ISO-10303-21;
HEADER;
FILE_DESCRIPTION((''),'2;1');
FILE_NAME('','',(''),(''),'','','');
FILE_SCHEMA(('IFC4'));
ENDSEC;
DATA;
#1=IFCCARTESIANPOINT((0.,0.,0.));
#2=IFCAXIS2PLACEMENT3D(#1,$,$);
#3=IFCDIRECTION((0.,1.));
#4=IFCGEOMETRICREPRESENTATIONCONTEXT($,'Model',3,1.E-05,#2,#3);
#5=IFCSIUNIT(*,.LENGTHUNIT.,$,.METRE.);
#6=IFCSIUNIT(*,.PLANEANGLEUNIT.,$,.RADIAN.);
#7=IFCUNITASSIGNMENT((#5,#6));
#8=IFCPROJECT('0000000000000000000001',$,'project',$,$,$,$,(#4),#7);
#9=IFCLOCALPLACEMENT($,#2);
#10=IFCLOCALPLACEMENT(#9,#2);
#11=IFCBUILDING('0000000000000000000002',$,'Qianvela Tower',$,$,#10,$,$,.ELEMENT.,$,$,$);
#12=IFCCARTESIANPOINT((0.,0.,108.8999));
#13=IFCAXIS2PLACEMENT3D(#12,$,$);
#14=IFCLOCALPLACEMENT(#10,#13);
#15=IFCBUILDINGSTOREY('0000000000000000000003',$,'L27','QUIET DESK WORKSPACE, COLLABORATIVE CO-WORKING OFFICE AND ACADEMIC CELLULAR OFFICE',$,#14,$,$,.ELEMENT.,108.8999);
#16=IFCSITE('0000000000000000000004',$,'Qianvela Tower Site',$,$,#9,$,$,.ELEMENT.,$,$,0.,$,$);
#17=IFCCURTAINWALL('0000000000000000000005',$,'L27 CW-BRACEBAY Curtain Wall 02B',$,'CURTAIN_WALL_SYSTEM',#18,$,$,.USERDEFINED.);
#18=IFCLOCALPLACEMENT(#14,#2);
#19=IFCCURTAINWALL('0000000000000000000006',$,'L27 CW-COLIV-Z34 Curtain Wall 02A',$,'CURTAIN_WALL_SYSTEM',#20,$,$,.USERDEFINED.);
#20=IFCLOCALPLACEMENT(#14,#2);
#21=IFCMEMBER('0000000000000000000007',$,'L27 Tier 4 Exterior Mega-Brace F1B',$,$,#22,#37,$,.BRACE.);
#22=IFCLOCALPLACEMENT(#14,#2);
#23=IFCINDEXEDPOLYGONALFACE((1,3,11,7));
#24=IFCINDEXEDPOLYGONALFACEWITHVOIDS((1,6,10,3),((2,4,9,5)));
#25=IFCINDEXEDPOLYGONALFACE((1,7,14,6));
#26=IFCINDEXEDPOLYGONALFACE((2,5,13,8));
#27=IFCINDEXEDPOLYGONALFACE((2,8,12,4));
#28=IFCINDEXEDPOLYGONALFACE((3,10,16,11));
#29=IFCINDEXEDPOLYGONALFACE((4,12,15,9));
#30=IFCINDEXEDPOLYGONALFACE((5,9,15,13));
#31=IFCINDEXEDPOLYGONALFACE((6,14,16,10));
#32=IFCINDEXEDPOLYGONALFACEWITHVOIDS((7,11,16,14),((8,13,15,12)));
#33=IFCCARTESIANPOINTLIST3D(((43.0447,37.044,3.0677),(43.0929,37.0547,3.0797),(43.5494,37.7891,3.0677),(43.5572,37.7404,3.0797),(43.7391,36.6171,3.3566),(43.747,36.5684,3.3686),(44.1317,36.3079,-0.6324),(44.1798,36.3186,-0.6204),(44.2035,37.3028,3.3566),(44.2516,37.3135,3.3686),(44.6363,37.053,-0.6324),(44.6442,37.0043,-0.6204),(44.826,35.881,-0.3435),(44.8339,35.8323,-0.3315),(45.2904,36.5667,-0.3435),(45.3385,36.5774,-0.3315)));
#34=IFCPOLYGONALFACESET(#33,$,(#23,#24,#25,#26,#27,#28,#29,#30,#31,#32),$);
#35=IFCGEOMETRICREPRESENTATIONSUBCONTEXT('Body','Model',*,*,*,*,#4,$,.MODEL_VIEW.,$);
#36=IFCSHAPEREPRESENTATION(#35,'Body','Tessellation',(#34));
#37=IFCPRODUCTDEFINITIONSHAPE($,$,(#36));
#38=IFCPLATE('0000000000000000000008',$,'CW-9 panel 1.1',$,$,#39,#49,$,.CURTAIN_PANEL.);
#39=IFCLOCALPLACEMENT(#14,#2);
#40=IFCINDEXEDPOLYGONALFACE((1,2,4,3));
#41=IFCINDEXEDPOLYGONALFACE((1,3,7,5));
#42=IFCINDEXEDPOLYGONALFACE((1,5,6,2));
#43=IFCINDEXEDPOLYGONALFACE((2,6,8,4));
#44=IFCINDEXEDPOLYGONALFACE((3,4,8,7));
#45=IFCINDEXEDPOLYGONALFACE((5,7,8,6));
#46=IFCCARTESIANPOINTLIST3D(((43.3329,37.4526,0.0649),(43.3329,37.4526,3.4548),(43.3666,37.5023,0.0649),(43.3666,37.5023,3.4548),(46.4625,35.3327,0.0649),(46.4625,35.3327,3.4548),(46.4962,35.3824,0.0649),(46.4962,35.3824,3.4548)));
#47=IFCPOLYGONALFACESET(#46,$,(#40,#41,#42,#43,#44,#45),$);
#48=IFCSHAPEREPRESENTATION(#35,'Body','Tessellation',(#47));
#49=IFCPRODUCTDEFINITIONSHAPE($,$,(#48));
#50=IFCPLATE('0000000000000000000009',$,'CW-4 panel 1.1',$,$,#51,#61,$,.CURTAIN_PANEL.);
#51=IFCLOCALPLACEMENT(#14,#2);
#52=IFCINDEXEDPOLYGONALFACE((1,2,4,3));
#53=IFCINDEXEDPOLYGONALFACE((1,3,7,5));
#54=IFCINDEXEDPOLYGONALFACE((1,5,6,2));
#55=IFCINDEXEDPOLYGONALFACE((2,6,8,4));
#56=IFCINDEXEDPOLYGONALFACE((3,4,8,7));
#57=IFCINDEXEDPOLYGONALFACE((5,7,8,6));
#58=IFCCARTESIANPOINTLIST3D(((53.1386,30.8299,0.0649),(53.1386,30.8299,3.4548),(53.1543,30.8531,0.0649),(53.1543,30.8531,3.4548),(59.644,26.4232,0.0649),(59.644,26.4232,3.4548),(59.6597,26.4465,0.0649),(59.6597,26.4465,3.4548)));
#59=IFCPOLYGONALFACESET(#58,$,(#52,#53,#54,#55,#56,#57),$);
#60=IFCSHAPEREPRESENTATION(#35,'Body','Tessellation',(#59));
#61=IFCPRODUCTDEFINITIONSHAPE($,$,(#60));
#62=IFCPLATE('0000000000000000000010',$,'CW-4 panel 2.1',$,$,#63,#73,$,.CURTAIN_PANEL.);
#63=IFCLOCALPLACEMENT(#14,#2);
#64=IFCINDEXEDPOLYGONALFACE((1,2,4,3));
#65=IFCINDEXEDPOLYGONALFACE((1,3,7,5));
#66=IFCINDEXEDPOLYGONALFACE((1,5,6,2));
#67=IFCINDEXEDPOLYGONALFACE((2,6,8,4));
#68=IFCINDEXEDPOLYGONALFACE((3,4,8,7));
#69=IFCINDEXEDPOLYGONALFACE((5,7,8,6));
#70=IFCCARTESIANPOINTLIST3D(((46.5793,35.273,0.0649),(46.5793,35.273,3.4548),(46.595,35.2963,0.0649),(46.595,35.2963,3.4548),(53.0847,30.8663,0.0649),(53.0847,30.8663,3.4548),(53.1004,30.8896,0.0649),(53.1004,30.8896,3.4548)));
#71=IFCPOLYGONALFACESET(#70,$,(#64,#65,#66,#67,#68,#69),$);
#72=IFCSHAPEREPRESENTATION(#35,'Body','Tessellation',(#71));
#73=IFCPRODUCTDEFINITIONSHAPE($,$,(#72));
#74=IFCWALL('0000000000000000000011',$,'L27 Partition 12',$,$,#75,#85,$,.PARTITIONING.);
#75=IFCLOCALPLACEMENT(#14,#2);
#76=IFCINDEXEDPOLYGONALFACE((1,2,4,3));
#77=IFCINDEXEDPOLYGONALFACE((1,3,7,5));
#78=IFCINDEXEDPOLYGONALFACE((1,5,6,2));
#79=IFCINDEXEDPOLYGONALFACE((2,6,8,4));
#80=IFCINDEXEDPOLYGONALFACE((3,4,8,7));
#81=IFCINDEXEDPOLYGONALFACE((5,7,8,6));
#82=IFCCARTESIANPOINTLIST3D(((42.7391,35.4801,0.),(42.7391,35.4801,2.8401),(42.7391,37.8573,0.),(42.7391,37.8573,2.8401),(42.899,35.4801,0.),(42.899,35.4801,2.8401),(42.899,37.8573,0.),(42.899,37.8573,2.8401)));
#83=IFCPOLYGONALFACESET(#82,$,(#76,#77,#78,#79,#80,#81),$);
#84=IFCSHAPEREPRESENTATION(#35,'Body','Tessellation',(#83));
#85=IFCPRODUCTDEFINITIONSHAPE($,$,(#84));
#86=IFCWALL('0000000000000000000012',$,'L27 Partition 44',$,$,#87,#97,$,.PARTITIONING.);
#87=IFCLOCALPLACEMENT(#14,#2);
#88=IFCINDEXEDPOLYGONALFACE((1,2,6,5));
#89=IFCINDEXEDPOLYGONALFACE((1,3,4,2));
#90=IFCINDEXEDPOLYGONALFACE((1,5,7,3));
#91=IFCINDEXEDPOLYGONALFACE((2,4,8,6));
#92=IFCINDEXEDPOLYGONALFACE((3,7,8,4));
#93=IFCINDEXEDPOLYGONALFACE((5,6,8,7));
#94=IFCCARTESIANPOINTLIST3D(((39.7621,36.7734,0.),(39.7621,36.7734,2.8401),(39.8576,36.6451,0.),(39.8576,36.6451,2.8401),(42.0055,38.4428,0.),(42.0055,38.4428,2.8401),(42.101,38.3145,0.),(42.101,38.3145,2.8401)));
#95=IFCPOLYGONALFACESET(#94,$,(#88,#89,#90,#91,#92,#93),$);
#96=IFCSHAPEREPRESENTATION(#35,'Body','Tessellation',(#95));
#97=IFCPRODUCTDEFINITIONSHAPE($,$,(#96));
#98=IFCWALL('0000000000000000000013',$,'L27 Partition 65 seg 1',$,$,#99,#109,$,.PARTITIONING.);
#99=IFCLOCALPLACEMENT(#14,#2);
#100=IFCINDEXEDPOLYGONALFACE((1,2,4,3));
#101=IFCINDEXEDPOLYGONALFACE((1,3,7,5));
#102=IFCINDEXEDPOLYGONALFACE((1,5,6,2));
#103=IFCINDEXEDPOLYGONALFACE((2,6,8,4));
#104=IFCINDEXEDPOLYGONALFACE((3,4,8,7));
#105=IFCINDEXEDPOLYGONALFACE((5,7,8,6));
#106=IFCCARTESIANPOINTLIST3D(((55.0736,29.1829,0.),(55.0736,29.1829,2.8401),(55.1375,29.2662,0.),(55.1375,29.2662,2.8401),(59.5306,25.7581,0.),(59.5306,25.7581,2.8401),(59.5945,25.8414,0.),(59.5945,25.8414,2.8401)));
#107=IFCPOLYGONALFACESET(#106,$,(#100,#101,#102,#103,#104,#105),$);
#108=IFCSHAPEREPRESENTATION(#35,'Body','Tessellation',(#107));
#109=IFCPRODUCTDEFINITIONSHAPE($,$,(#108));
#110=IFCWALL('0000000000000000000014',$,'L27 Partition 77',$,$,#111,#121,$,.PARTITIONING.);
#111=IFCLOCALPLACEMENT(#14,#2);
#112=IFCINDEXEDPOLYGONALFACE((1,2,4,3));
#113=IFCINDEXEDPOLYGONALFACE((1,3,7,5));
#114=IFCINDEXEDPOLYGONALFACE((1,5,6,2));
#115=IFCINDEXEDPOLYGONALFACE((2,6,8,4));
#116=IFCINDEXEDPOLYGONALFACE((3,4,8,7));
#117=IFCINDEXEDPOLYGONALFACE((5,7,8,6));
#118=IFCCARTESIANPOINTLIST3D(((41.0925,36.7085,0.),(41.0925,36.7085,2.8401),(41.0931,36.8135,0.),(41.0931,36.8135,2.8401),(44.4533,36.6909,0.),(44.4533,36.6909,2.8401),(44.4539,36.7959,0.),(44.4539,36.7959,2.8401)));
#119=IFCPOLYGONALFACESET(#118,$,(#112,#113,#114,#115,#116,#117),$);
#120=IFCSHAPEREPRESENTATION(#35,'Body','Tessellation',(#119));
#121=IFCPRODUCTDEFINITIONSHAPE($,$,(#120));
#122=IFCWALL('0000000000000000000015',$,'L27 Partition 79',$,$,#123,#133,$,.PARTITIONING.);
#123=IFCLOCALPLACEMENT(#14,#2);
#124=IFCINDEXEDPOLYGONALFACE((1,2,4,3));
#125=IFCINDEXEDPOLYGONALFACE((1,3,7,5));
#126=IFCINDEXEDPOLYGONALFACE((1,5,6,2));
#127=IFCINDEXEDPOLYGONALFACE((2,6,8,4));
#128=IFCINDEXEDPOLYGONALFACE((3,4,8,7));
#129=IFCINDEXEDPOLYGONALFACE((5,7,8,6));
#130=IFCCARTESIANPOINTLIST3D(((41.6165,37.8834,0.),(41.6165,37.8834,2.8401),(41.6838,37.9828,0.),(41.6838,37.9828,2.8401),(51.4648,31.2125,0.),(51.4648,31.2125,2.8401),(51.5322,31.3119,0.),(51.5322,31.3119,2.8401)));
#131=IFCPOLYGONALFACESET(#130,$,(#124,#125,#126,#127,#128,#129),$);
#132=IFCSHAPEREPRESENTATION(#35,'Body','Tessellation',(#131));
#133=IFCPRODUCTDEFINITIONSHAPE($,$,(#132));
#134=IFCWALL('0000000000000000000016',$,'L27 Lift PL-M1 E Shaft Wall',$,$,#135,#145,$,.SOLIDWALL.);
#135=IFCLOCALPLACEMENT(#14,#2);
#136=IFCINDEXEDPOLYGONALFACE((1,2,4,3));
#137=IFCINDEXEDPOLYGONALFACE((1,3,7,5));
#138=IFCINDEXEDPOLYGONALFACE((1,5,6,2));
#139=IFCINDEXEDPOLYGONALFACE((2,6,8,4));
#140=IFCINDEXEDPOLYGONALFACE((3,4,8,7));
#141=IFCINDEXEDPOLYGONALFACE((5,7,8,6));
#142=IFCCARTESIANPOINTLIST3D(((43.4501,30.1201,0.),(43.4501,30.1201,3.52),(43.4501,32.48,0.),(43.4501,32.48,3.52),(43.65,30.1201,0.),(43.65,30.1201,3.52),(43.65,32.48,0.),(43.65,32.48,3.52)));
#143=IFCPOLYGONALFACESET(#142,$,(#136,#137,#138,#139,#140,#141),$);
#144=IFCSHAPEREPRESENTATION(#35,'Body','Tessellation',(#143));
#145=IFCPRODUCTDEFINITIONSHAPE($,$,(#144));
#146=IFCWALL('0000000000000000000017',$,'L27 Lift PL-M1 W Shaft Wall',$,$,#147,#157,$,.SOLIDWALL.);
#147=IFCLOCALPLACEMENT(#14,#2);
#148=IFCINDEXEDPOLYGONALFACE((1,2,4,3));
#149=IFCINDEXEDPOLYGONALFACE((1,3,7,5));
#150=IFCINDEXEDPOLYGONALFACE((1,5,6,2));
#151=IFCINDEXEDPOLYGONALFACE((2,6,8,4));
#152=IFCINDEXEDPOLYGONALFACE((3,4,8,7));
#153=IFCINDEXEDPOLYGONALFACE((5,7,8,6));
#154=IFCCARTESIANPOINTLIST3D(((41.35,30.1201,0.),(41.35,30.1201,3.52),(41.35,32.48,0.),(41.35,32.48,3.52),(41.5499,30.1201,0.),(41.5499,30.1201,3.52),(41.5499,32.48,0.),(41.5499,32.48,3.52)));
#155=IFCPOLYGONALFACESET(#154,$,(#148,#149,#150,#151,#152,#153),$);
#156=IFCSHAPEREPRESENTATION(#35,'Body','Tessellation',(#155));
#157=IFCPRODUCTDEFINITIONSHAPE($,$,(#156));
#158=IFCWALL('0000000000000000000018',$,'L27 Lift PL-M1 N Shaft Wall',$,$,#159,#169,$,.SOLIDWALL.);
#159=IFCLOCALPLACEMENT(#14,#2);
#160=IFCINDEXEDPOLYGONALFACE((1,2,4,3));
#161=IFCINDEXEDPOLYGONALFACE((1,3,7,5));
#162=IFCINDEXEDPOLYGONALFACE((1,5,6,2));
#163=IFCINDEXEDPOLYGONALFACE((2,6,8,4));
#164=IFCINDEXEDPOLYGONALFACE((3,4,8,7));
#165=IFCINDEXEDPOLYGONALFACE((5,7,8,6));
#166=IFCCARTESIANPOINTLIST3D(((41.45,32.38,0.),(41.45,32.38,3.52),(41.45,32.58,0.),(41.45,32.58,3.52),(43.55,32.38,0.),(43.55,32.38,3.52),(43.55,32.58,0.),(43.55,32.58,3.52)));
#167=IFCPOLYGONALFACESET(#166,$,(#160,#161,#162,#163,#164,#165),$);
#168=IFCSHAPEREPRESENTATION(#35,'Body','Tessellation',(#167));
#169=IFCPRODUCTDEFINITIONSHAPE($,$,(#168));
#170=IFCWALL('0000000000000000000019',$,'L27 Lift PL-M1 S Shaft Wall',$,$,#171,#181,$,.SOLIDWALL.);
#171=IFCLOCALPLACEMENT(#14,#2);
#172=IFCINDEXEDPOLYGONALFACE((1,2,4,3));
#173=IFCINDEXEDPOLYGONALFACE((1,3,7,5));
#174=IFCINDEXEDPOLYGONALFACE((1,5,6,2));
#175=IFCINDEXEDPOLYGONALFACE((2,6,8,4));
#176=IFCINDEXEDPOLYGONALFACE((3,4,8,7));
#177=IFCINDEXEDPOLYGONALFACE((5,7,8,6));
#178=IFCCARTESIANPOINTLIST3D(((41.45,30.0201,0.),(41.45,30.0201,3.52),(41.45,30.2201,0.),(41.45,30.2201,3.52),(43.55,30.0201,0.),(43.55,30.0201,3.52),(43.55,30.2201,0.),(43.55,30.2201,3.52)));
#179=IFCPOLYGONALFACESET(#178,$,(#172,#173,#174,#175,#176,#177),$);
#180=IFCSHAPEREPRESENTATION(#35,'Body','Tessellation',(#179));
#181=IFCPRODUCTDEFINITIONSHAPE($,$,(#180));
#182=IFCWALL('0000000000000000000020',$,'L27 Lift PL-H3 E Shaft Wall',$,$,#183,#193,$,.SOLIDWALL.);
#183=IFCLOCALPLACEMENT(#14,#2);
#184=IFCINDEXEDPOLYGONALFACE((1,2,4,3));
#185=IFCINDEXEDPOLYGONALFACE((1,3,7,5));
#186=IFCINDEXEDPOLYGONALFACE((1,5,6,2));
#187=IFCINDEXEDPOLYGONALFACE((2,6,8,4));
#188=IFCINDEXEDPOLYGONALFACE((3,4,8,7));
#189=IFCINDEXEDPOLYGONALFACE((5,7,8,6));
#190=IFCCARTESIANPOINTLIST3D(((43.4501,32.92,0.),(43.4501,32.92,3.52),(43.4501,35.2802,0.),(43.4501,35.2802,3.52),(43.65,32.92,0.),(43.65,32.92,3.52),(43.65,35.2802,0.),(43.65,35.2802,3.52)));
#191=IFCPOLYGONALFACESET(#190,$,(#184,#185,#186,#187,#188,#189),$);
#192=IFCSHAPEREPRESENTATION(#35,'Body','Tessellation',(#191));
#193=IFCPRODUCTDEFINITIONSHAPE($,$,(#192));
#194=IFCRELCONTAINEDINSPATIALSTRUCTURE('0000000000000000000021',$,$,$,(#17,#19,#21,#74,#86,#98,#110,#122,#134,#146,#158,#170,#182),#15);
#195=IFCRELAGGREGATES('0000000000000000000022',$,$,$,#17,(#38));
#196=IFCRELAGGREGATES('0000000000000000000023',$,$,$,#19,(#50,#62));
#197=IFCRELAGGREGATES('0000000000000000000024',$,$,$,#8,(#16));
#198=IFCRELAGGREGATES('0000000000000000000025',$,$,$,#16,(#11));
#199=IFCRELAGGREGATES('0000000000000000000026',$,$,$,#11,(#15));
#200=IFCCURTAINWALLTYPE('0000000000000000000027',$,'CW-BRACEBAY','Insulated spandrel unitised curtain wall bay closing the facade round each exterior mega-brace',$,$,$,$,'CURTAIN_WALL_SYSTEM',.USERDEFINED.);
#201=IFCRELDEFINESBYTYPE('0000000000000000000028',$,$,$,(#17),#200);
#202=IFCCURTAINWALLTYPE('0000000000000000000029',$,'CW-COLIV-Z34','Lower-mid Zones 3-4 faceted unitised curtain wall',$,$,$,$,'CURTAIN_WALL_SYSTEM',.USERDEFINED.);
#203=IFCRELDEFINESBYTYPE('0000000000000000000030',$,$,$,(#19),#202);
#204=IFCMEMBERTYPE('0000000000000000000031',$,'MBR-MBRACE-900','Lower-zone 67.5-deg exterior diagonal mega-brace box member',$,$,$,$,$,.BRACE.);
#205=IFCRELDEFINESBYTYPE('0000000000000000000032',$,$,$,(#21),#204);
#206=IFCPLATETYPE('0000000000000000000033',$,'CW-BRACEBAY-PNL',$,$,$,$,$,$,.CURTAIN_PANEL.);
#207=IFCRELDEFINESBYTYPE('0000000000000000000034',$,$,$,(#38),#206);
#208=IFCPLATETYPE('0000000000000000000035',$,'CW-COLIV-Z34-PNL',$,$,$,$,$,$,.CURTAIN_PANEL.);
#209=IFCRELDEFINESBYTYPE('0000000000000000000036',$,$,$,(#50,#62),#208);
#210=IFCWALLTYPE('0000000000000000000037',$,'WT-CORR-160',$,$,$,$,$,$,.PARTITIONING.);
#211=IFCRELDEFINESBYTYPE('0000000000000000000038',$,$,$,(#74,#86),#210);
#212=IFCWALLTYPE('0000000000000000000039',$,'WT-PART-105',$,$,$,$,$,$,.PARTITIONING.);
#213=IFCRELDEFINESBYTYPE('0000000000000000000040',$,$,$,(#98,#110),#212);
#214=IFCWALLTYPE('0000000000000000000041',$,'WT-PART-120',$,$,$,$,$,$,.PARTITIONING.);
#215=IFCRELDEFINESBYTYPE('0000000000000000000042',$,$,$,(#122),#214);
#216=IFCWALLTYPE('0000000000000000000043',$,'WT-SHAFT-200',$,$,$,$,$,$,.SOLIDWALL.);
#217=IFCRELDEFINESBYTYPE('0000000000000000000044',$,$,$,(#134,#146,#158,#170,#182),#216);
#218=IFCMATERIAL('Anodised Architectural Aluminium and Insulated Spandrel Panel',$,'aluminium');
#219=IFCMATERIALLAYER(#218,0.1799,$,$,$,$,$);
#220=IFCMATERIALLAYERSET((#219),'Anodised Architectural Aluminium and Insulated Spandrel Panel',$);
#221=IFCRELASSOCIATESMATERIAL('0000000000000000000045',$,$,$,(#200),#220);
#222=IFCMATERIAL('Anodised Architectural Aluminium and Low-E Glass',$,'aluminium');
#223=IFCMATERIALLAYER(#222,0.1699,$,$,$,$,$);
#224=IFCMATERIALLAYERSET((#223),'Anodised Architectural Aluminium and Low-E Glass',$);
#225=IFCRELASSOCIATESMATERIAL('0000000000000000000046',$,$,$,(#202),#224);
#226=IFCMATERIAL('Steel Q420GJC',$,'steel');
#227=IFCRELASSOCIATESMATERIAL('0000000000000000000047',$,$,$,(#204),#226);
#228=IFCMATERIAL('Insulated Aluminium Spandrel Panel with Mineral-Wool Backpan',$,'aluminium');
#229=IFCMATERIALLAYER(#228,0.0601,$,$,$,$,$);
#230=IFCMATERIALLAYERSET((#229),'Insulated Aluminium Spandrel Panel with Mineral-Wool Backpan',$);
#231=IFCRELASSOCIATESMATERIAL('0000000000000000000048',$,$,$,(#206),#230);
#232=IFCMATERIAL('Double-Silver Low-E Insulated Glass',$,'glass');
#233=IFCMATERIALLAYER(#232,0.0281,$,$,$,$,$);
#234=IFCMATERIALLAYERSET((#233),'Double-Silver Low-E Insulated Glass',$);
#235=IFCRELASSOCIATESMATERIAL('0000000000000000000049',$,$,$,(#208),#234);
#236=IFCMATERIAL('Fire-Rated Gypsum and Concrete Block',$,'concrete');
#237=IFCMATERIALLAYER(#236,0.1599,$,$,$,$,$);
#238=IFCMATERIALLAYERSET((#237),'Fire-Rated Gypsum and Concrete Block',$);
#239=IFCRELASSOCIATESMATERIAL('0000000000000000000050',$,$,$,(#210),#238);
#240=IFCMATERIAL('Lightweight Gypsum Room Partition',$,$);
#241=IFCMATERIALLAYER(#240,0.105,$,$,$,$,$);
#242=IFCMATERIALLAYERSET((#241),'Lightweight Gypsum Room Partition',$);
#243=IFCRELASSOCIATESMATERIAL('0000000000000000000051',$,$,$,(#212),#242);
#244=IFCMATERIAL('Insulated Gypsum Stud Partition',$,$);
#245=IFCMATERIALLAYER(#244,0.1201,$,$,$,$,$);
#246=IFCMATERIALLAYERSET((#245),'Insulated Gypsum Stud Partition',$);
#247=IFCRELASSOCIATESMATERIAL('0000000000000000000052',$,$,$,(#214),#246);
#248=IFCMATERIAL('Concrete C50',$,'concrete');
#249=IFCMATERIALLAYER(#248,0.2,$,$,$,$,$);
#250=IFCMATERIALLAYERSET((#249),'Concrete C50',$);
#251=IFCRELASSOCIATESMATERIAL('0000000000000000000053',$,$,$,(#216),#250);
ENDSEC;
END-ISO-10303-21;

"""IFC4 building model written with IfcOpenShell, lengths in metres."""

from ifc_helpers import new_model, si_unit, direction, frame, frame_2d, origin, origin_2d, place, context, subcontext, project, spatial, rectangle, hollow_rectangle, extrude, material, layer, layer_set, material_profile, profile_set, type_object, element, aggregate, save


model = new_model("IFC4")

# Units and contexts
model_context = context("Model", 3, precision=1e-05, world=origin(), true_north=direction((0.0, 1.0)))
body_context = subcontext(model_context, "Body", "Model", "MODEL_VIEW")
ifc_project = project(units=[si_unit("LENGTHUNIT", "METRE"), si_unit("PLANEANGLEUNIT", "RADIAN")], contexts=[model_context])

# Site, building, storey
site_placement = place(None, origin())
site = spatial("IfcSite", under=ifc_project, at=site_placement, Name="Qianvela Tower Site", CompositionType="ELEMENT", RefElevation=0.0)
building_placement = place(site_placement, origin())
building = spatial("IfcBuilding", under=site, at=building_placement, Name="Qianvela Tower", CompositionType="ELEMENT")
storey_placement = place(building_placement, frame((0.0, 0.0, 108.8999)))
storey = spatial("IfcBuildingStorey", under=building, at=storey_placement, Name="L27", Description="QUIET DESK WORKSPACE, COLLABORATIVE CO-WORKING OFFICE AND ACADEMIC CELLULAR OFFICE", CompositionType="ELEMENT", Elevation=108.8999)

# Curtain walls
ifc_material_1 = material(Name="Anodised Architectural Aluminium and Insulated Spandrel Panel", Category="aluminium")
ifc_layer_1 = layer(ifc_material_1, 0.1799)
ifc_layer_set_1 = layer_set([ifc_layer_1], Name="Anodised Architectural Aluminium and Insulated Spandrel Panel")
curtain_wall_type_1 = type_object("IfcCurtainWallType", Name="CW-BRACEBAY", Description="Insulated spandrel unitised curtain wall bay closing the facade round each exterior mega-brace", ElementType="CURTAIN_WALL_SYSTEM", PredefinedType="USERDEFINED", material=ifc_layer_set_1)
curtain_wall_1_placement = place(storey_placement, origin())
curtain_wall_1 = element("IfcCurtainWall", 1, at=curtain_wall_1_placement, inside=storey, type_object=curtain_wall_type_1, Name="L27 CW-BRACEBAY Curtain Wall 02B", ObjectType="CURTAIN_WALL_SYSTEM", PredefinedType="USERDEFINED")
ifc_material_2 = material(Name="Anodised Architectural Aluminium and Low-E Glass", Category="aluminium")
ifc_layer_2 = layer(ifc_material_2, 0.1699)
ifc_layer_set_2 = layer_set([ifc_layer_2], Name="Anodised Architectural Aluminium and Low-E Glass")
curtain_wall_type_2 = type_object("IfcCurtainWallType", Name="CW-COLIV-Z34", Description="Lower-mid Zones 3-4 faceted unitised curtain wall", ElementType="CURTAIN_WALL_SYSTEM", PredefinedType="USERDEFINED", material=ifc_layer_set_2)
curtain_wall_2_placement = place(storey_placement, origin())
curtain_wall_2 = element("IfcCurtainWall", 2, at=curtain_wall_2_placement, inside=storey, type_object=curtain_wall_type_2, Name="L27 CW-COLIV-Z34 Curtain Wall 02A", ObjectType="CURTAIN_WALL_SYSTEM", PredefinedType="USERDEFINED")

# Member
ifc_material_3 = material(Name="Steel Q420GJC", Category="steel")
ifc_material_profile_1 = material_profile(ifc_material_3, hollow_rectangle(XDim=0.8999, YDim=0.8999, WallThickness=0.0359, at=origin_2d()), Name="MBOX-900x900x36")
ifc_profile_set_1 = profile_set([ifc_material_profile_1], Name="Steel Q420GJC")
member_type_1 = type_object("IfcMemberType", Name="MBR-MBRACE-900", Description="Lower-zone 67.5-deg exterior diagonal mega-brace box member", PredefinedType="BRACE", material=ifc_profile_set_1)
member_1_placement = place(storey_placement, frame((44.7351, 36.4426, -0.4819), z_axis=(-0.276856, 0.187493, 0.942442), x_axis=(-0.560737, -0.827994, 0.0)))
element("IfcMember", 3, at=member_1_placement, inside=storey, type_object=member_type_1, Name="L27 Tier 4 Exterior Mega-Brace F1B", PredefinedType="BRACE", context=body_context, shape_type="SweptSolid", body=[
    extrude(hollow_rectangle(XDim=0.8999, YDim=0.8999, WallThickness=0.0359, at=origin_2d()), origin(), (0.0, 0.0, 1.0), 3.926),
])

# Plates
ifc_material_4 = material(Name="Insulated Aluminium Spandrel Panel with Mineral-Wool Backpan", Category="aluminium")
ifc_layer_3 = layer(ifc_material_4, 0.0601)
ifc_layer_set_3 = layer_set([ifc_layer_3], Name="Insulated Aluminium Spandrel Panel with Mineral-Wool Backpan")
plate_type_1 = type_object("IfcPlateType", Name="CW-BRACEBAY-PNL", PredefinedType="CURTAIN_PANEL", material=ifc_layer_set_3)
plate_1_placement = place(storey_placement, frame((44.9146, 36.4175, 0.0649), z_axis=(0.0, 0.0, 1.0), x_axis=(-0.827944, 0.560811, 0.0)))
plate_1 = element("IfcPlate", 4, at=plate_1_placement, type_object=plate_type_1, Name="CW-9 panel 1.1", PredefinedType="CURTAIN_PANEL", context=body_context, shape_type="SweptSolid", body=[
    extrude(rectangle(XDim=3.78, YDim=0.0601, at=origin_2d()), origin(), (0.0, 0.0, 1.0), 3.3899),
])
aggregate(curtain_wall_1, [plate_1])
ifc_material_5 = material(Name="Double-Silver Low-E Insulated Glass", Category="glass")
ifc_layer_4 = layer(ifc_material_5, 0.0281)
ifc_layer_set_4 = layer_set([ifc_layer_4], Name="Double-Silver Low-E Insulated Glass")
plate_type_2 = type_object("IfcPlateType", Name="CW-COLIV-Z34-PNL", PredefinedType="CURTAIN_PANEL", material=ifc_layer_set_4)
plate_2_placement = place(storey_placement, frame((56.3992, 28.6382, 0.0649), z_axis=(0.0, 0.0, 1.0), x_axis=(-0.827931, 0.560829, 0.0)))
plate_2 = element("IfcPlate", 5, at=plate_2_placement, type_object=plate_type_2, Name="CW-4 panel 1.1", PredefinedType="CURTAIN_PANEL", context=body_context, shape_type="SweptSolid", body=[
    extrude(rectangle(XDim=7.8574, YDim=0.0281, at=origin_2d()), origin(), (0.0, 0.0, 1.0), 3.3899),
])
plate_3_placement = place(storey_placement, frame((49.8398, 33.0813, 0.0649), z_axis=(0.0, 0.0, 1.0), x_axis=(-0.827931, 0.560829, 0.0)))
plate_3 = element("IfcPlate", 6, at=plate_3_placement, type_object=plate_type_2, Name="CW-4 panel 2.1", PredefinedType="CURTAIN_PANEL", context=body_context, shape_type="SweptSolid", body=[
    extrude(rectangle(XDim=7.8574, YDim=0.0281, at=origin_2d()), origin(), (0.0, 0.0, 1.0), 3.3899),
])
aggregate(curtain_wall_2, [plate_2, plate_3])

# Walls
ifc_material_6 = material(Name="Fire-Rated Gypsum and Concrete Block", Category="concrete")
ifc_layer_5 = layer(ifc_material_6, 0.1599)
ifc_layer_set_5 = layer_set([ifc_layer_5], Name="Fire-Rated Gypsum and Concrete Block")
wall_type_1 = type_object("IfcWallType", Name="WT-CORR-160", PredefinedType="PARTITIONING", material=ifc_layer_set_5)
wall_1_placement = place(storey_placement, frame((42.8191, 37.8572, 0.0), z_axis=(0.0, 0.0, 1.0), x_axis=(0.0, -1.0, 0.0)))
element("IfcWall", 7, at=wall_1_placement, inside=storey, type_object=wall_type_1, Name="L27 Partition 12", PredefinedType="PARTITIONING", context=body_context, shape_type="SweptSolid", body=[
    extrude(rectangle(XDim=2.3772, YDim=0.1599, at=frame_2d((1.1885, 0.0))), origin(), (0.0, 0.0, 1.0), 2.8401),
])
wall_2_placement = place(storey_placement, frame((42.0532, 38.3787, 0.0), z_axis=(0.0, 0.0, 1.0), x_axis=(-0.802247, -0.596992, 0.0)))
element("IfcWall", 8, at=wall_2_placement, inside=storey, type_object=wall_type_1, Name="L27 Partition 44", PredefinedType="PARTITIONING", context=body_context, shape_type="SweptSolid", body=[
    extrude(rectangle(XDim=2.7964, YDim=0.1599, at=frame_2d((1.3982, 0.0))), origin(), (0.0, 0.0, 1.0), 2.8401),
])
ifc_material_7 = material(Name="Lightweight Gypsum Room Partition")
ifc_layer_6 = layer(ifc_material_7, 0.105)
ifc_layer_set_6 = layer_set([ifc_layer_6], Name="Lightweight Gypsum Room Partition")
wall_type_2 = type_object("IfcWallType", Name="WT-PART-105", PredefinedType="PARTITIONING", material=ifc_layer_set_6)
wall_3_placement = place(storey_placement, frame((55.1055, 29.2246, 0.0), z_axis=(0.0, 0.0, 1.0), x_axis=(0.79294, -0.609299, 0.0)))
element("IfcWall", 9, at=wall_3_placement, inside=storey, type_object=wall_type_2, Name="L27 Partition 65 seg 1", PredefinedType="PARTITIONING", context=body_context, shape_type="SweptSolid", body=[
    extrude(rectangle(XDim=5.6208, YDim=0.105, at=frame_2d((2.8105, 0.0))), origin(), (0.0, 0.0, 1.0), 2.8401),
])
wall_4_placement = place(storey_placement, frame((44.4536, 36.7434, 0.0), z_axis=(0.0, 0.0, 1.0), x_axis=(-0.999986, 0.00523, 0.0)))
element("IfcWall", 10, at=wall_4_placement, inside=storey, type_object=wall_type_2, Name="L27 Partition 77", PredefinedType="PARTITIONING", context=body_context, shape_type="SweptSolid", body=[
    extrude(rectangle(XDim=3.3608, YDim=0.105, at=frame_2d((1.6804, 0.0))), origin(), (0.0, 0.0, 1.0), 2.8401),
])
ifc_material_8 = material(Name="Insulated Gypsum Stud Partition")
ifc_layer_7 = layer(ifc_material_8, 0.1201)
ifc_layer_set_7 = layer_set([ifc_layer_7], Name="Insulated Gypsum Stud Partition")
wall_type_3 = type_object("IfcWallType", Name="WT-PART-120", PredefinedType="PARTITIONING", material=ifc_layer_set_7)
wall_5_placement = place(storey_placement, frame((41.6501, 37.9331, 0.0), z_axis=(0.0, 0.0, 1.0), x_axis=(0.827942, -0.560814, 0.0)))
element("IfcWall", 11, at=wall_5_placement, inside=storey, type_object=wall_type_3, Name="L27 Partition 79", PredefinedType="PARTITIONING", context=body_context, shape_type="SweptSolid", body=[
    extrude(rectangle(XDim=11.895, YDim=0.1201, at=frame_2d((5.9475, 0.0))), origin(), (0.0, 0.0, 1.0), 2.8401),
])
ifc_material_9 = material(Name="Concrete C50", Category="concrete")
ifc_layer_8 = layer(ifc_material_9, 0.2)
ifc_layer_set_8 = layer_set([ifc_layer_8], Name="Concrete C50")
wall_type_4 = type_object("IfcWallType", Name="WT-SHAFT-200", PredefinedType="SOLIDWALL", material=ifc_layer_set_8)
for number, where, z_axis, x_axis, name in (
    (12, (43.55, 30.1201, 0.0), (0.0, 0.0, 1.0), (0.0, 1.0, 0.0), "L27 Lift PL-M1 E Shaft Wall"),
    (13, (41.45, 30.1201, 0.0), (0.0, 0.0, 1.0), (0.0, 1.0, 0.0), "L27 Lift PL-M1 W Shaft Wall"),
):
    element("IfcWall", number, at=place(storey_placement, frame(where, z_axis=z_axis, x_axis=x_axis)), inside=storey, type_object=wall_type_4, Name=name, PredefinedType="SOLIDWALL", context=body_context, shape_type="SweptSolid", body=[
        extrude(rectangle(XDim=2.3599, YDim=0.2, at=frame_2d((1.1799, 0.0))), origin(), (0.0, 0.0, 1.0), 3.52),
    ])
for number, where, z_axis, x_axis, name in (
    (14, (41.45, 32.48, 0.0), (0.0, 0.0, 1.0), (1.0, 0.0, 0.0), "L27 Lift PL-M1 N Shaft Wall"),
    (15, (41.45, 30.1201, 0.0), (0.0, 0.0, 1.0), (1.0, 0.0, 0.0), "L27 Lift PL-M1 S Shaft Wall"),
):
    element("IfcWall", number, at=place(storey_placement, frame(where, z_axis=z_axis, x_axis=x_axis)), inside=storey, type_object=wall_type_4, Name=name, PredefinedType="SOLIDWALL", context=body_context, shape_type="SweptSolid", body=[
        extrude(rectangle(XDim=2.1001, YDim=0.2, at=frame_2d((1.05, 0.0))), origin(), (0.0, 0.0, 1.0), 3.52),
    ])
for number, where, z_axis, x_axis, name in (
    (16, (43.55, 32.9199, 0.0), (0.0, 0.0, 1.0), (0.0, 1.0, 0.0), "L27 Lift PL-H3 E Shaft Wall"),
):
    element("IfcWall", number, at=place(storey_placement, frame(where, z_axis=z_axis, x_axis=x_axis)), inside=storey, type_object=wall_type_4, Name=name, PredefinedType="SOLIDWALL", context=body_context, shape_type="SweptSolid", body=[
        extrude(rectangle(XDim=2.3601, YDim=0.2, at=frame_2d((1.1802, 0.0))), origin(), (0.0, 0.0, 1.0), 3.52),
    ])

save(model, "model.ifc")
